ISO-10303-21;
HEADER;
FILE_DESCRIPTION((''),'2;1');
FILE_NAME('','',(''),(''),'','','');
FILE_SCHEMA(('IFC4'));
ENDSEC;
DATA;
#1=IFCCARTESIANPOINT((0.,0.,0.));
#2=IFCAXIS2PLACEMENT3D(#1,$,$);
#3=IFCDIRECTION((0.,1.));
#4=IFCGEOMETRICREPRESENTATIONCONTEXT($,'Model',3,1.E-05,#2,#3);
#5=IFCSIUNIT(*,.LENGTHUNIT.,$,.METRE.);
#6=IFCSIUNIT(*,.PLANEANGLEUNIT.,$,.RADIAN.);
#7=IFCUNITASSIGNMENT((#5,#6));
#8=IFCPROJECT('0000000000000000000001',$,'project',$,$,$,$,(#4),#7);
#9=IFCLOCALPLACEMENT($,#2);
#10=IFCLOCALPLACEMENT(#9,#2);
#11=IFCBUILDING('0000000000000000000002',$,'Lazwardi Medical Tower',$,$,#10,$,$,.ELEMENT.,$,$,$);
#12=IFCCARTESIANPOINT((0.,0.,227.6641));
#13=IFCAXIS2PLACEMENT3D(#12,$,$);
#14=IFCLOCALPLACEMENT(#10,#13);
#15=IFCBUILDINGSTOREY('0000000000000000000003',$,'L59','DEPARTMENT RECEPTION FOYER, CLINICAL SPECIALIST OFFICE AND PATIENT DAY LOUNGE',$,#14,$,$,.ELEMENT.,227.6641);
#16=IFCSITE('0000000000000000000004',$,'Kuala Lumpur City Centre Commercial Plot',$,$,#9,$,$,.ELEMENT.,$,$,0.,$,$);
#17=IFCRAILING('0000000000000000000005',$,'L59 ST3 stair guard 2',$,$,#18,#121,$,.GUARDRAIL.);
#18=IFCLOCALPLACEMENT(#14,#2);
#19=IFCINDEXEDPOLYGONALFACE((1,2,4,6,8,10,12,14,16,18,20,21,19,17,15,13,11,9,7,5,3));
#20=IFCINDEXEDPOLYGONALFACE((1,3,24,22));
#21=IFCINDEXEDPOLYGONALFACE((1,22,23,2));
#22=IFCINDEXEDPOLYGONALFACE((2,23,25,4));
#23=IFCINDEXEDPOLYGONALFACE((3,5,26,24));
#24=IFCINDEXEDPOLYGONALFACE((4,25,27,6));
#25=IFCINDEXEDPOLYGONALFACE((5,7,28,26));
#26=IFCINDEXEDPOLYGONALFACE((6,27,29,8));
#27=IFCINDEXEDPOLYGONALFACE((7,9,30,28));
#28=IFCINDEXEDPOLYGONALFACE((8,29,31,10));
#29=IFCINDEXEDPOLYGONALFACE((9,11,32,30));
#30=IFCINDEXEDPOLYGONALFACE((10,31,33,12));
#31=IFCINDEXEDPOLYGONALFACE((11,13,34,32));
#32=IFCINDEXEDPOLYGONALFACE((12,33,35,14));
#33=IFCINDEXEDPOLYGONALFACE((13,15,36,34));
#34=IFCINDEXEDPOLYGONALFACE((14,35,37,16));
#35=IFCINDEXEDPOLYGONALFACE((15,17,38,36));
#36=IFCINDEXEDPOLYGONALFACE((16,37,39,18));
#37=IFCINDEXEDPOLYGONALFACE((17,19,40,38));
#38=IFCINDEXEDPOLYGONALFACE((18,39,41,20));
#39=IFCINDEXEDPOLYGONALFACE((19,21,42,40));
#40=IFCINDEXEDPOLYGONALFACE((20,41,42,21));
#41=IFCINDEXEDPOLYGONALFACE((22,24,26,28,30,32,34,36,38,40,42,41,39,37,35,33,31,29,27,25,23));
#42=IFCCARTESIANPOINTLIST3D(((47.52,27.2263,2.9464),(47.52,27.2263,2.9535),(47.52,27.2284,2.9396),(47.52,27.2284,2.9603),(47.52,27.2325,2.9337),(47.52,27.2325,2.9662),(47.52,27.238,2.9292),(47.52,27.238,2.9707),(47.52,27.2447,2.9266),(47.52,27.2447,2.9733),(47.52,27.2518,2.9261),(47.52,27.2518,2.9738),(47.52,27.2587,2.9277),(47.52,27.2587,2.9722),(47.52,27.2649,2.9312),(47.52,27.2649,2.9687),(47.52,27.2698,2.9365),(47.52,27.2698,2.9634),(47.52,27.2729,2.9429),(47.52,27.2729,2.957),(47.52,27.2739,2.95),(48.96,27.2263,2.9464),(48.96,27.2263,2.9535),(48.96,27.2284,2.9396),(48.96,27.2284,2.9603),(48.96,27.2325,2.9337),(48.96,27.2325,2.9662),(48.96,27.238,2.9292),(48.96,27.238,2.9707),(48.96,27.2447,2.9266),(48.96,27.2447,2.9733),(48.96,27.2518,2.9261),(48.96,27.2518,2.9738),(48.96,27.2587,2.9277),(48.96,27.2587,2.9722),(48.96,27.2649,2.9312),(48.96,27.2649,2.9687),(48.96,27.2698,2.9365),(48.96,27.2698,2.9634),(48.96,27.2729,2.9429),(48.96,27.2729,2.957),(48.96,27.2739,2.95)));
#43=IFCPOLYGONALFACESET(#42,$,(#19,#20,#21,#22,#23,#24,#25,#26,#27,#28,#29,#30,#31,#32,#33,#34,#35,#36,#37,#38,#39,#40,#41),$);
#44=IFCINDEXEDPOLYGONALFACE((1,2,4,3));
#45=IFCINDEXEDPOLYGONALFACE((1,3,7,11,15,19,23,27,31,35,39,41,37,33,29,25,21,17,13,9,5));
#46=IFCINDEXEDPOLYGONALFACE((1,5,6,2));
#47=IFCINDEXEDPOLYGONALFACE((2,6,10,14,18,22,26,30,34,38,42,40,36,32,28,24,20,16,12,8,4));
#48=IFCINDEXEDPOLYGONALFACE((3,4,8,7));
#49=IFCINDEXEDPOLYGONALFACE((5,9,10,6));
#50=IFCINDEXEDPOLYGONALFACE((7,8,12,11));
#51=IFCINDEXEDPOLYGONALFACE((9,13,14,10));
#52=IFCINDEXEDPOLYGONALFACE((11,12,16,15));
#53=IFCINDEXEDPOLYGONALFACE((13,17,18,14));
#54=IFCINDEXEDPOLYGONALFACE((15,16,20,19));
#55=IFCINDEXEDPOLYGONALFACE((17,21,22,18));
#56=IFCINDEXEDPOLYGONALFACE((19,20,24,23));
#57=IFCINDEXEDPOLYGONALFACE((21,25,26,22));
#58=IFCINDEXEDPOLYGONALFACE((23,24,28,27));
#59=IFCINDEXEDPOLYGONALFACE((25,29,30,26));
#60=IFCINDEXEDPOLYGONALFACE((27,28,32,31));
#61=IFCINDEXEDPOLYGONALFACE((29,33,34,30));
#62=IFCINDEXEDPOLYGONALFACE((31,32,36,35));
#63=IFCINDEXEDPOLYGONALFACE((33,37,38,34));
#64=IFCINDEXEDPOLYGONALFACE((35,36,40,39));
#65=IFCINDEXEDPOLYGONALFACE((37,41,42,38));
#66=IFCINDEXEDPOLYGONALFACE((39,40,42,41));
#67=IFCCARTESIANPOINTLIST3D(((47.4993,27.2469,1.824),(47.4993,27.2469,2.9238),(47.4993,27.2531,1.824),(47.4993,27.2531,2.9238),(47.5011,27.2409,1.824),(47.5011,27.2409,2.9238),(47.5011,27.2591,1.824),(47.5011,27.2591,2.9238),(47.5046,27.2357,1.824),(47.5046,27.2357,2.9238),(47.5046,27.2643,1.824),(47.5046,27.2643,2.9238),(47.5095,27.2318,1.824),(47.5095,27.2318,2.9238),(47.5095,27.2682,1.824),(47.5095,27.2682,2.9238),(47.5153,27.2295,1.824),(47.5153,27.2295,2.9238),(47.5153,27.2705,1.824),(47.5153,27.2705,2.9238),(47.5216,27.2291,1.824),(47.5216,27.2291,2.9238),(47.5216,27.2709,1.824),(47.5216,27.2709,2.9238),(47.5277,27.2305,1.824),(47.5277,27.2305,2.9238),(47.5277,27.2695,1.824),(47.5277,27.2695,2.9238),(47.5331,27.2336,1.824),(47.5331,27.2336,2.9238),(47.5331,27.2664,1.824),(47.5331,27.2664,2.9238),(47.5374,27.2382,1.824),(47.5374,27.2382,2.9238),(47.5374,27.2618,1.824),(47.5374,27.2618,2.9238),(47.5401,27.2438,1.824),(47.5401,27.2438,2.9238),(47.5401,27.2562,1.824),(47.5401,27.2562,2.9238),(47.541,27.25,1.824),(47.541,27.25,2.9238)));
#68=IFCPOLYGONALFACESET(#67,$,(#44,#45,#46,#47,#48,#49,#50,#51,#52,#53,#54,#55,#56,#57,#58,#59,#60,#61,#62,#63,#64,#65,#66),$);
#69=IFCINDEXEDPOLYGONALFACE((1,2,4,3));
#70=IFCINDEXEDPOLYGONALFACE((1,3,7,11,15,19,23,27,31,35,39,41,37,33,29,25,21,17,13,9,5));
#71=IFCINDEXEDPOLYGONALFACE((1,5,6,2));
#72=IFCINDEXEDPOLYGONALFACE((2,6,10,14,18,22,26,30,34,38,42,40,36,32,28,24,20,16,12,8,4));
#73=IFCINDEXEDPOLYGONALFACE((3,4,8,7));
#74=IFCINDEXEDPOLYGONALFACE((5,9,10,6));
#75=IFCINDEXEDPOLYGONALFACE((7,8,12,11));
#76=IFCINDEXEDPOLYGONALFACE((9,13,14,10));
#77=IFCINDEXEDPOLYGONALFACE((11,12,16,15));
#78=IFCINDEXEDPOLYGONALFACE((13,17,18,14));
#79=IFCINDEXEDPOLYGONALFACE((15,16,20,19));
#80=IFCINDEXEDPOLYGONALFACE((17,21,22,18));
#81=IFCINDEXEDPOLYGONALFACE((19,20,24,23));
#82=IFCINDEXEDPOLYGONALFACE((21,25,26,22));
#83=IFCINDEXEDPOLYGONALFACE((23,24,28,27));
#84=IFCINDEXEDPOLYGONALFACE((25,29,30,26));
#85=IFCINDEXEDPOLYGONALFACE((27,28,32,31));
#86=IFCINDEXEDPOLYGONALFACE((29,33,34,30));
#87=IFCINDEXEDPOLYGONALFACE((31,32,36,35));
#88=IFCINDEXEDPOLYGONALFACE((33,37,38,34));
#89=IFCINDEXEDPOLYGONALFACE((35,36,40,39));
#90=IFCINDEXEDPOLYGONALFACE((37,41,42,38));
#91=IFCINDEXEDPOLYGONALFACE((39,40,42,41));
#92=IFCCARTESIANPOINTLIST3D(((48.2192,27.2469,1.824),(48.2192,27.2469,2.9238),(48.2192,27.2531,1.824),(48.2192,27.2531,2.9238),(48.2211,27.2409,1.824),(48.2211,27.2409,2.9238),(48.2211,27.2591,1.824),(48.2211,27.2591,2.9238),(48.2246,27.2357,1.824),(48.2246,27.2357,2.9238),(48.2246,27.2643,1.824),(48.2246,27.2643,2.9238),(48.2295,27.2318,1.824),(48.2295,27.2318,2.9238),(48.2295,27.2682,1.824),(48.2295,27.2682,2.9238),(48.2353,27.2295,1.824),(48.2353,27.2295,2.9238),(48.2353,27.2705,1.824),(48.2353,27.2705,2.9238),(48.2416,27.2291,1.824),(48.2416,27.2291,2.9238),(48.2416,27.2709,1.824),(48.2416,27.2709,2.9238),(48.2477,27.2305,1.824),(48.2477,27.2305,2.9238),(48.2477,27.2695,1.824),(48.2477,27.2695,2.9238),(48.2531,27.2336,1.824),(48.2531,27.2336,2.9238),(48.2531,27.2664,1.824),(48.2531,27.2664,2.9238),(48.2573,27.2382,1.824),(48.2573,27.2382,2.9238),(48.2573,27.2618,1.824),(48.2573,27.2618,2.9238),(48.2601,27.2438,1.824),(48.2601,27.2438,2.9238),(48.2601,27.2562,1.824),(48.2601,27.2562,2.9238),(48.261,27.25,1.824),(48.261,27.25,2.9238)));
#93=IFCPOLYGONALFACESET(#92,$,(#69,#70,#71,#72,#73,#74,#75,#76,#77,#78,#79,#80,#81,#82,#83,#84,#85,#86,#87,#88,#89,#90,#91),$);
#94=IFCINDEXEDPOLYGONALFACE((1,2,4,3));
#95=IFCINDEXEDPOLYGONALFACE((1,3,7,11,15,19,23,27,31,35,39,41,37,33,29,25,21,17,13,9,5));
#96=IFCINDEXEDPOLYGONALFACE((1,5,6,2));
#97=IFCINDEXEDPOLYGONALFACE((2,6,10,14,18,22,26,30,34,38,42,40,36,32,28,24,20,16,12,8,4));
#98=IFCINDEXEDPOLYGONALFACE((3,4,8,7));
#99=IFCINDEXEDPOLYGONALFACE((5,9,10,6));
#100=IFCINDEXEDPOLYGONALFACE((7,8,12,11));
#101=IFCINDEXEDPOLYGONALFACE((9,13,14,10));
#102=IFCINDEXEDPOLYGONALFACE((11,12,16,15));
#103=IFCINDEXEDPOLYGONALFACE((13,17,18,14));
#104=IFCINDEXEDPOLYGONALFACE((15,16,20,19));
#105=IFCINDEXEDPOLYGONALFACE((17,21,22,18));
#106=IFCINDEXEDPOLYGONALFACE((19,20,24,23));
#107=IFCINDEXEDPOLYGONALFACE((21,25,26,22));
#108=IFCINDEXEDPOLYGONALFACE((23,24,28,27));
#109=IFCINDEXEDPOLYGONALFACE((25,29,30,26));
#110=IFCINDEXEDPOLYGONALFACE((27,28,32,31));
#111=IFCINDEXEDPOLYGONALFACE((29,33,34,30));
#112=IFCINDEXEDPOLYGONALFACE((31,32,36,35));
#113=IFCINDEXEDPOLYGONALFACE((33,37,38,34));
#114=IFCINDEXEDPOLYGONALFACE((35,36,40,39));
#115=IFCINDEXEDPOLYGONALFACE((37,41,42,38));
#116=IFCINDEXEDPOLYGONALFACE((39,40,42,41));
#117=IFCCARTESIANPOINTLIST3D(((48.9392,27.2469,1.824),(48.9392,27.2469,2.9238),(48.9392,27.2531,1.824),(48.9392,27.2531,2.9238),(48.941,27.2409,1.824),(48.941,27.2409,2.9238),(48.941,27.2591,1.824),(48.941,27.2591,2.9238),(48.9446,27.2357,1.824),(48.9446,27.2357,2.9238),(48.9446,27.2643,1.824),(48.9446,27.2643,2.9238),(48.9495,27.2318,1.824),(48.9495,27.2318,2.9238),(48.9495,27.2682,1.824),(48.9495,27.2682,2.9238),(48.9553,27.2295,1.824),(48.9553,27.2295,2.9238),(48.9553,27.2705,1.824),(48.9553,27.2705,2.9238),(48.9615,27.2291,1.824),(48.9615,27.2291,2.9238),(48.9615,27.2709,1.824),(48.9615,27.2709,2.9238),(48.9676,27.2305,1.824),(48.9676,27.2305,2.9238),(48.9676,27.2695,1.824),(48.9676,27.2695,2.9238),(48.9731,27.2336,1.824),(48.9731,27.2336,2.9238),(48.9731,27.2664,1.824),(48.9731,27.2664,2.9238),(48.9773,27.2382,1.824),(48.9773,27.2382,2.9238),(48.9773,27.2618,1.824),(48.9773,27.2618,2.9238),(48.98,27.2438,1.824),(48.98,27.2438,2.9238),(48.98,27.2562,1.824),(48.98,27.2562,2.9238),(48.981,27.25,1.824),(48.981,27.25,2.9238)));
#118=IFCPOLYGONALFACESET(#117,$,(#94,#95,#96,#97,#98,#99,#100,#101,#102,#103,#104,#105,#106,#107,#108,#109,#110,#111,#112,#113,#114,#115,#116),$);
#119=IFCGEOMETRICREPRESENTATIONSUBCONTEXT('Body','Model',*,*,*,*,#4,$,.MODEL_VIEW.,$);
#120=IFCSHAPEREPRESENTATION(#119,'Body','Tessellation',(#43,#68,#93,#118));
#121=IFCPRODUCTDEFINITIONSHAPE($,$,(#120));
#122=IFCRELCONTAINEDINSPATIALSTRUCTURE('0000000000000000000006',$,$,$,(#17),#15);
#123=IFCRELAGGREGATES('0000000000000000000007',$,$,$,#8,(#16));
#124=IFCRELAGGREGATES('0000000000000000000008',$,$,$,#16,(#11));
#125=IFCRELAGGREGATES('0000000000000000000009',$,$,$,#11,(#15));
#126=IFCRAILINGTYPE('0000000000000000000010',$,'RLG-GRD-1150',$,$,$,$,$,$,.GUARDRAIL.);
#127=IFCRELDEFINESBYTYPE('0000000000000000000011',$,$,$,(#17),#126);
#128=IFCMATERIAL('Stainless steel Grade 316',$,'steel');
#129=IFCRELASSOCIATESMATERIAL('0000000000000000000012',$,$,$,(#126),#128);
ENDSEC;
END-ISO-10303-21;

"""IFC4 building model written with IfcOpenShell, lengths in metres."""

from ifc_helpers import new_model, si_unit, direction, frame, origin, origin_2d, place, context, subcontext, project, spatial, circle, extrude, material, type_object, element, save


model = new_model("IFC4")

# Units and contexts
model_context = context("Model", 3, precision=1e-05, world=origin(), true_north=direction((0.0, 1.0)))
body_context = subcontext(model_context, "Body", "Model", "MODEL_VIEW")
ifc_project = project(units=[si_unit("LENGTHUNIT", "METRE"), si_unit("PLANEANGLEUNIT", "RADIAN")], contexts=[model_context])

# Site, building, storey
site_placement = place(None, origin())
site = spatial("IfcSite", under=ifc_project, at=site_placement, Name="Kuala Lumpur City Centre Commercial Plot", CompositionType="ELEMENT", RefElevation=0.0)
building_placement = place(site_placement, origin())
building = spatial("IfcBuilding", under=site, at=building_placement, Name="Lazwardi Medical Tower", CompositionType="ELEMENT")
storey_placement = place(building_placement, frame((0.0, 0.0, 227.6641)))
storey = spatial("IfcBuildingStorey", under=building, at=storey_placement, Name="L59", Description="DEPARTMENT RECEPTION FOYER, CLINICAL SPECIALIST OFFICE AND PATIENT DAY LOUNGE", CompositionType="ELEMENT", Elevation=227.6641)

# Railing
ifc_material_1 = material(Name="Stainless steel Grade 316", Category="steel")
railing_type_1 = type_object("IfcRailingType", Name="RLG-GRD-1150", PredefinedType="GUARDRAIL", material=ifc_material_1)
railing_1_placement = place(storey_placement, frame((47.52, 27.25, 1.824)))
element("IfcRailing", 1, at=railing_1_placement, inside=storey, type_object=railing_type_1, Name="L59 ST3 stair guard 2", PredefinedType="GUARDRAIL", context=body_context, shape_type="SweptSolid", body=[
    extrude(circle(Radius=0.0239, at=origin_2d()), frame((0.0, 0.0, 1.126), z_axis=(1.0, 0.0, 0.0), x_axis=(0.0, 1.0, 0.0)), (0.0, 0.0, 1.0), 1.4399),
    extrude(circle(Radius=0.021, at=origin_2d()), origin(), (0.0, 0.0, 1.0), 1.0999),
    extrude(circle(Radius=0.021, at=origin_2d()), frame((0.72, 0.0, 0.0)), (0.0, 0.0, 1.0), 1.0999),
    extrude(circle(Radius=0.021, at=origin_2d()), frame((1.4399, 0.0, 0.0)), (0.0, 0.0, 1.0), 1.0999),
])

save(model, "model.ifc")
